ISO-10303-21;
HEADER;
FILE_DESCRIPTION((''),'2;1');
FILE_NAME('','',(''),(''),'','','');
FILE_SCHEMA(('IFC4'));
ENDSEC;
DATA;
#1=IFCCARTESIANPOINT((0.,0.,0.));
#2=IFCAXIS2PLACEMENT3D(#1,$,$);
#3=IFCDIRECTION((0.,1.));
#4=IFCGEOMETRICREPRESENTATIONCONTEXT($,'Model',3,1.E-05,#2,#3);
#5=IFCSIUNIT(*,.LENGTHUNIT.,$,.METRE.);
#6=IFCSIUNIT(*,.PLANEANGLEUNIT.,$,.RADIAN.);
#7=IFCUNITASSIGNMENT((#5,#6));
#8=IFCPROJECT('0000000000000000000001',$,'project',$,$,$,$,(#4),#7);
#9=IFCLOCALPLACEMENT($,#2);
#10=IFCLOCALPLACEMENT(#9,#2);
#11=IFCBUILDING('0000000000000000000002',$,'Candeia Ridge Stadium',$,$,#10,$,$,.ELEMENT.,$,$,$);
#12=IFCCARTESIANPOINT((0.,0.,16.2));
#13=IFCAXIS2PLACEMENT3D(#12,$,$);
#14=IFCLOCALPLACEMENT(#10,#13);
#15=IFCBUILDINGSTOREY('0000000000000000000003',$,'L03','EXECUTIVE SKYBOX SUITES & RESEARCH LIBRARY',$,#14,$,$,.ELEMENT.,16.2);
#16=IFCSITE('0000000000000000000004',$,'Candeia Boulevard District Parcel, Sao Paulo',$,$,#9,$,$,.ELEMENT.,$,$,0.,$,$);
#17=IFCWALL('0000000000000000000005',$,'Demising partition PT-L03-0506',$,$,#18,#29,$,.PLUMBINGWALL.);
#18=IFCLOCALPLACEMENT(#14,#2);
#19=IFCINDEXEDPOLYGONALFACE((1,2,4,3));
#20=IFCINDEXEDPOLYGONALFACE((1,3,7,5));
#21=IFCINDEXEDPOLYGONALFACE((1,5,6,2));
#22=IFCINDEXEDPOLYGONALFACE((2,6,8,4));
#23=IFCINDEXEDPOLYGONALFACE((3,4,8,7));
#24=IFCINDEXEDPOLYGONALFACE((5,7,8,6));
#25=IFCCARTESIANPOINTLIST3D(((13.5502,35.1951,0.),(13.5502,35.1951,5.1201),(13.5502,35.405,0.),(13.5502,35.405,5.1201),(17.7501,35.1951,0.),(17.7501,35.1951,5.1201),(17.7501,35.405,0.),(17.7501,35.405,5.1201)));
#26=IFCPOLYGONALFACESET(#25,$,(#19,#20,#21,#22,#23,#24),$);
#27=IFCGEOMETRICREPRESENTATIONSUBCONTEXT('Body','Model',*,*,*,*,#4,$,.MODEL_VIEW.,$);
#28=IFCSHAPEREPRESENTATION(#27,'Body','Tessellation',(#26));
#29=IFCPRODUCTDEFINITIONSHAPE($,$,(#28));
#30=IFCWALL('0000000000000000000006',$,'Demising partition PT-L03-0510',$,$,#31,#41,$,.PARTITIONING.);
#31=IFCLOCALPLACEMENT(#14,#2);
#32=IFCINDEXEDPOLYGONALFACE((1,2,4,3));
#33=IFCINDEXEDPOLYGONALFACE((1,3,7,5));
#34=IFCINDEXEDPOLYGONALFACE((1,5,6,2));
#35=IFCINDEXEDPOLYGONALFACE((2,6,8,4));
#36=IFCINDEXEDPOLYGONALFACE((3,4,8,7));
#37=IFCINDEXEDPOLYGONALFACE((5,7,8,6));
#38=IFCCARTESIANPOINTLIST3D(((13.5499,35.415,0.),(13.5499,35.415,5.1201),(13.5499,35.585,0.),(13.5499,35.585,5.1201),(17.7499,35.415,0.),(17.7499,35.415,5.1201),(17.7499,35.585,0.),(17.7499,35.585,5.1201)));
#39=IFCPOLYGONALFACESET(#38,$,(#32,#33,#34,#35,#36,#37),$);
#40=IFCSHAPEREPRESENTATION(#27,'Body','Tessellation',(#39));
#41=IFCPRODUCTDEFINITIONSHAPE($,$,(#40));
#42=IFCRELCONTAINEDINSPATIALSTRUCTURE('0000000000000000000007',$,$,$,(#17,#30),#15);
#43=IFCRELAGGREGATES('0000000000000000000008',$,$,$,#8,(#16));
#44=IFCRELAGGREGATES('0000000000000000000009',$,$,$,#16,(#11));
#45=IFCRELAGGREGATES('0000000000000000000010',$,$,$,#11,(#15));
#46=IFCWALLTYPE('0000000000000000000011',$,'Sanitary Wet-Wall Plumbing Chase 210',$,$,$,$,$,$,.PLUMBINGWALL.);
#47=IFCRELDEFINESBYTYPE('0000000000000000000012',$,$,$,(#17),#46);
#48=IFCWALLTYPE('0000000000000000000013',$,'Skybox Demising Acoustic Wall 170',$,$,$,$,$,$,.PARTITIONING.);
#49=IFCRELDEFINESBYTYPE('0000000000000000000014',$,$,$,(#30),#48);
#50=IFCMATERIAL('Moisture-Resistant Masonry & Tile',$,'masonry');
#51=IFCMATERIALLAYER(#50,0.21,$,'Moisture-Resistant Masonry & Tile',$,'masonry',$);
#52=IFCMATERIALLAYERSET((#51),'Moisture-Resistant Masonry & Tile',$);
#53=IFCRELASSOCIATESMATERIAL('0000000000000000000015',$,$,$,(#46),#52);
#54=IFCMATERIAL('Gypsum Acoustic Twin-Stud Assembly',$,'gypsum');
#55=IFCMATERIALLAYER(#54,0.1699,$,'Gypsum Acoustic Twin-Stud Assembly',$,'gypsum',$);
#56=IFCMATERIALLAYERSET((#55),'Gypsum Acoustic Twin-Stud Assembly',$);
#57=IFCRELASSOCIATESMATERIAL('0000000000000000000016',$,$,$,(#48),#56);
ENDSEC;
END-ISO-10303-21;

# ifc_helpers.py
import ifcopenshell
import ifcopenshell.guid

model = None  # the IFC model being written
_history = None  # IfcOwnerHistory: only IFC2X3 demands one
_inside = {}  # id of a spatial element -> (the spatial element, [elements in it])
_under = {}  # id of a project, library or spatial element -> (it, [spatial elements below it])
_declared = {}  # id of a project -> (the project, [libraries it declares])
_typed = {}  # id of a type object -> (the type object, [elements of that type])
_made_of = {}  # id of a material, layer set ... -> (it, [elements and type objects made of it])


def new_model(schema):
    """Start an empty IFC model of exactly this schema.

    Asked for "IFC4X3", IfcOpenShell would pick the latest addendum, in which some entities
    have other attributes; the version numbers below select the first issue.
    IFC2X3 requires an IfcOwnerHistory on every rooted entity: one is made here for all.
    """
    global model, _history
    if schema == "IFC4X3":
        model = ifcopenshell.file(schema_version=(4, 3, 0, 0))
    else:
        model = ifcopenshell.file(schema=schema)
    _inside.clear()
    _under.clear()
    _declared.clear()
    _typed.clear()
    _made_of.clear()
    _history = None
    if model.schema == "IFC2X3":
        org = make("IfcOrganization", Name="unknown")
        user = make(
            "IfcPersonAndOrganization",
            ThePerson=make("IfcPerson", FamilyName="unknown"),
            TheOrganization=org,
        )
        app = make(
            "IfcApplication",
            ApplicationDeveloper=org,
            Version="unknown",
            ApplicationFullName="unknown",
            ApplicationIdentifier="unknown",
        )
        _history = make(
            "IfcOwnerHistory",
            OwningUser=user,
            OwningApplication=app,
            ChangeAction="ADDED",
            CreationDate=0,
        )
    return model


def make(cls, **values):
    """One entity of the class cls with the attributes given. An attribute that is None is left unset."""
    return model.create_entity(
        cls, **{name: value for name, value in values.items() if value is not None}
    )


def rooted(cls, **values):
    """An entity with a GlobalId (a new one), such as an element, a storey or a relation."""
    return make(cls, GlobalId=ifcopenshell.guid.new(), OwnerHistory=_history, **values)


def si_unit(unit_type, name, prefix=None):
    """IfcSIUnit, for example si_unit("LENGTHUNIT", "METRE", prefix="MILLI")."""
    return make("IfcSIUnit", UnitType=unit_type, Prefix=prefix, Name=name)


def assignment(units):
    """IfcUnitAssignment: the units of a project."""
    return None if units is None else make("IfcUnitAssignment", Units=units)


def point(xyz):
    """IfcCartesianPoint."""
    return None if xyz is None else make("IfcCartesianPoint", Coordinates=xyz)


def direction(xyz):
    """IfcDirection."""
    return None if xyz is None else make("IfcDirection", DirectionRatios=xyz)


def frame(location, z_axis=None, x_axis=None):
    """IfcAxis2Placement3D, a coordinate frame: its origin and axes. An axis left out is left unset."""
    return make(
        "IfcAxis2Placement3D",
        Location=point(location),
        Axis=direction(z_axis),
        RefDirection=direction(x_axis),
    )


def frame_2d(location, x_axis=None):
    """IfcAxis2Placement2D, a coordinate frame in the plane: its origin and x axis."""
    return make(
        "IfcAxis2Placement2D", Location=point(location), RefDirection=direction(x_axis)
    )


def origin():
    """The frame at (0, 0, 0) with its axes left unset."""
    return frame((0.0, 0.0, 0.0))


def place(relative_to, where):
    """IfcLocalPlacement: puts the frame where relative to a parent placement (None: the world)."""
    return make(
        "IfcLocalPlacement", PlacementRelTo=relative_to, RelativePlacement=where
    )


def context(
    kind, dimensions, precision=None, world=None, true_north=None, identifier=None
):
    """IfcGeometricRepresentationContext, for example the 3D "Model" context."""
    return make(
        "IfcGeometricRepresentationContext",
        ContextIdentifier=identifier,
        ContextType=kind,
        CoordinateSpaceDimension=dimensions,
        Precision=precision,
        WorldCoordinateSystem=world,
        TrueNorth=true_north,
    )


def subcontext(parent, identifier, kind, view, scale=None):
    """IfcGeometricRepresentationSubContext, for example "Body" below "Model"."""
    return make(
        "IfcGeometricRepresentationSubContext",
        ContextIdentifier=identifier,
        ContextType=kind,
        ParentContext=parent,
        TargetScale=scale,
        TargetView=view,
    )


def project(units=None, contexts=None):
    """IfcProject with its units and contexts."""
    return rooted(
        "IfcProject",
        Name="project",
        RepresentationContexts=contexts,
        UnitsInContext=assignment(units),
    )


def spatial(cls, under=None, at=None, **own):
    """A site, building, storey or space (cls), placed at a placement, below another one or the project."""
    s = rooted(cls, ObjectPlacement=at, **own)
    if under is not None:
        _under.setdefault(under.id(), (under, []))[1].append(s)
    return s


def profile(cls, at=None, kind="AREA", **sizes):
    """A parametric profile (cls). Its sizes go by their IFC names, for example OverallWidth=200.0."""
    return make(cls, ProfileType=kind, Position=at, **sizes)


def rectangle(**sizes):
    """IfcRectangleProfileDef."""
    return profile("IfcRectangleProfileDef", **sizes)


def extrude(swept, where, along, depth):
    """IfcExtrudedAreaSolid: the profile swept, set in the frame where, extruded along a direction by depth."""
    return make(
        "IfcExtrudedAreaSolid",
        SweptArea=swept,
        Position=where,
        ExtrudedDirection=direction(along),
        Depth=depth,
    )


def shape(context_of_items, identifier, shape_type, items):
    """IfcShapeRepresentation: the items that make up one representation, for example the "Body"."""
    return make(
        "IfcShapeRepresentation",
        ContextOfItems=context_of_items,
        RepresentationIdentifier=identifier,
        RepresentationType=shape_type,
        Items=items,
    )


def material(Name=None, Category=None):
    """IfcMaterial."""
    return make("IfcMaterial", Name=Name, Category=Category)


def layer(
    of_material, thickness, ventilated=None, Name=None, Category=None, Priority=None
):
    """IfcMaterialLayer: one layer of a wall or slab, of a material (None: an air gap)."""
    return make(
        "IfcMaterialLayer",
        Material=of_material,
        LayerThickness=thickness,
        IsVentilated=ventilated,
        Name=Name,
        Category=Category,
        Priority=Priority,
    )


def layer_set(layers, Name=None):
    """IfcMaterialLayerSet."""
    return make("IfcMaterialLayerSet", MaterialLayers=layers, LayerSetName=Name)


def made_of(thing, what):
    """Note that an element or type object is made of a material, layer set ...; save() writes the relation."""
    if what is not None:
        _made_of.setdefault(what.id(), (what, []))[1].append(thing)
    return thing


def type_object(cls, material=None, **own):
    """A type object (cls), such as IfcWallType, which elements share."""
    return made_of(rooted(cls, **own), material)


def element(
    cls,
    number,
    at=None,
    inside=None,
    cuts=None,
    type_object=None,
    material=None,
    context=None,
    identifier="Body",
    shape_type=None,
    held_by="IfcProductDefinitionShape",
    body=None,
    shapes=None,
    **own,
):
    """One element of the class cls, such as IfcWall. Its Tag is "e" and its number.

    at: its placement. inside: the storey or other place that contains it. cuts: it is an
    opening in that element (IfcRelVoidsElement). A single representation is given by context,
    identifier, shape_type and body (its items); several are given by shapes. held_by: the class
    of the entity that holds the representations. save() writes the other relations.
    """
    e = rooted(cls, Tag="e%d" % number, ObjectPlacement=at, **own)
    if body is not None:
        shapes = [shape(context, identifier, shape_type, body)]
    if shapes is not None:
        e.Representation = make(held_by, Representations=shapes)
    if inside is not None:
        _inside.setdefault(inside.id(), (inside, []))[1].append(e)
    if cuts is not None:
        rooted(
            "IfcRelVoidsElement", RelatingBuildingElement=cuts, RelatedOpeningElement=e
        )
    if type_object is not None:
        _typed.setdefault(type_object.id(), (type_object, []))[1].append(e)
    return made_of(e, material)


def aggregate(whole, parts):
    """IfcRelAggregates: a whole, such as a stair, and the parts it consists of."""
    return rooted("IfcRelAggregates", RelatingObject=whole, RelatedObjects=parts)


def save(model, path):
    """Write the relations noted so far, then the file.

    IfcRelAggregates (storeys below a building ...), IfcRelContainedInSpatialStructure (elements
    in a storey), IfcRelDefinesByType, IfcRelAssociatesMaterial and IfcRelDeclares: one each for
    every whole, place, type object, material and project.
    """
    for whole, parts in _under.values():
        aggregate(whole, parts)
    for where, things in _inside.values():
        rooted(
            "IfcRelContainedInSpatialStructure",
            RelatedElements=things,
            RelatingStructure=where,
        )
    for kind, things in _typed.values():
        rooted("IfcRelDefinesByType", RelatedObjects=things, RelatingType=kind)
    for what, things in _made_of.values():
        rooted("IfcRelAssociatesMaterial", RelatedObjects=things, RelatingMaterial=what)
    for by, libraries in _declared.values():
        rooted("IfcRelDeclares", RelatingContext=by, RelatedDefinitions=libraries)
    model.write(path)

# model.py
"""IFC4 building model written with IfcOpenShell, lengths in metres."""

from ifc_helpers import new_model, si_unit, direction, frame, frame_2d, origin, place, context, subcontext, project, spatial, rectangle, extrude, material, layer, layer_set, type_object, element, save


model = new_model("IFC4")

# Units and contexts
model_context = context("Model", 3, precision=1e-05, world=origin(), true_north=direction((0.0, 1.0)))
body_context = subcontext(model_context, "Body", "Model", "MODEL_VIEW")
ifc_project = project(units=[si_unit("LENGTHUNIT", "METRE"), si_unit("PLANEANGLEUNIT", "RADIAN")], contexts=[model_context])

# Site, building, storey
site_placement = place(None, origin())
site = spatial("IfcSite", under=ifc_project, at=site_placement, Name="Candeia Boulevard District Parcel, Sao Paulo", CompositionType="ELEMENT", RefElevation=0.0)
building_placement = place(site_placement, origin())
building = spatial("IfcBuilding", under=site, at=building_placement, Name="Candeia Ridge Stadium", CompositionType="ELEMENT")
storey_placement = place(building_placement, frame((0.0, 0.0, 16.2)))
storey = spatial("IfcBuildingStorey", under=building, at=storey_placement, Name="L03", Description="EXECUTIVE SKYBOX SUITES & RESEARCH LIBRARY", CompositionType="ELEMENT", Elevation=16.2)

# Shared definitions
ifc_material_1 = material(Name="Gypsum Acoustic Twin-Stud Assembly", Category="gypsum")

# Walls
ifc_material_2 = material(Name="Moisture-Resistant Masonry & Tile", Category="masonry")
ifc_layer_1 = layer(ifc_material_2, 0.21, Name="Moisture-Resistant Masonry & Tile", Category="masonry")
ifc_layer_set_1 = layer_set([ifc_layer_1], Name="Moisture-Resistant Masonry & Tile")
wall_type_1 = type_object("IfcWallType", Name="Sanitary Wet-Wall Plumbing Chase 210", PredefinedType="PLUMBINGWALL", material=ifc_layer_set_1)
wall_1_placement = place(storey_placement, frame((13.55, 35.3, 0.0), z_axis=(0.0, 0.0, 1.0), x_axis=(1.0, 0.0, 0.0)))
element("IfcWall", 1, at=wall_1_placement, inside=storey, type_object=wall_type_1, Name="Demising partition PT-L03-0506", PredefinedType="PLUMBINGWALL", context=body_context, shape_type="SweptSolid", body=[
    extrude(rectangle(XDim=4.2, YDim=0.21, at=frame_2d((2.1001, 0.0))), origin(), (0.0, 0.0, 1.0), 5.1201),
])
ifc_layer_2 = layer(ifc_material_1, 0.1699, Name="Gypsum Acoustic Twin-Stud Assembly", Category="gypsum")
ifc_layer_set_2 = layer_set([ifc_layer_2], Name="Gypsum Acoustic Twin-Stud Assembly")
wall_type_2 = type_object("IfcWallType", Name="Skybox Demising Acoustic Wall 170", PredefinedType="PARTITIONING", material=ifc_layer_set_2)
wall_2_placement = place(storey_placement, frame((17.75, 35.5, 0.0), z_axis=(0.0, 0.0, 1.0), x_axis=(-1.0, 0.0, 0.0)))
element("IfcWall", 2, at=wall_2_placement, inside=storey, type_object=wall_type_2, Name="Demising partition PT-L03-0510", PredefinedType="PARTITIONING", context=body_context, shape_type="SweptSolid", body=[
    extrude(rectangle(XDim=4.2, YDim=0.1699, at=frame_2d((2.1001, 0.0))), origin(), (0.0, 0.0, 1.0), 5.1201),
])

save(model, "model.ifc")
